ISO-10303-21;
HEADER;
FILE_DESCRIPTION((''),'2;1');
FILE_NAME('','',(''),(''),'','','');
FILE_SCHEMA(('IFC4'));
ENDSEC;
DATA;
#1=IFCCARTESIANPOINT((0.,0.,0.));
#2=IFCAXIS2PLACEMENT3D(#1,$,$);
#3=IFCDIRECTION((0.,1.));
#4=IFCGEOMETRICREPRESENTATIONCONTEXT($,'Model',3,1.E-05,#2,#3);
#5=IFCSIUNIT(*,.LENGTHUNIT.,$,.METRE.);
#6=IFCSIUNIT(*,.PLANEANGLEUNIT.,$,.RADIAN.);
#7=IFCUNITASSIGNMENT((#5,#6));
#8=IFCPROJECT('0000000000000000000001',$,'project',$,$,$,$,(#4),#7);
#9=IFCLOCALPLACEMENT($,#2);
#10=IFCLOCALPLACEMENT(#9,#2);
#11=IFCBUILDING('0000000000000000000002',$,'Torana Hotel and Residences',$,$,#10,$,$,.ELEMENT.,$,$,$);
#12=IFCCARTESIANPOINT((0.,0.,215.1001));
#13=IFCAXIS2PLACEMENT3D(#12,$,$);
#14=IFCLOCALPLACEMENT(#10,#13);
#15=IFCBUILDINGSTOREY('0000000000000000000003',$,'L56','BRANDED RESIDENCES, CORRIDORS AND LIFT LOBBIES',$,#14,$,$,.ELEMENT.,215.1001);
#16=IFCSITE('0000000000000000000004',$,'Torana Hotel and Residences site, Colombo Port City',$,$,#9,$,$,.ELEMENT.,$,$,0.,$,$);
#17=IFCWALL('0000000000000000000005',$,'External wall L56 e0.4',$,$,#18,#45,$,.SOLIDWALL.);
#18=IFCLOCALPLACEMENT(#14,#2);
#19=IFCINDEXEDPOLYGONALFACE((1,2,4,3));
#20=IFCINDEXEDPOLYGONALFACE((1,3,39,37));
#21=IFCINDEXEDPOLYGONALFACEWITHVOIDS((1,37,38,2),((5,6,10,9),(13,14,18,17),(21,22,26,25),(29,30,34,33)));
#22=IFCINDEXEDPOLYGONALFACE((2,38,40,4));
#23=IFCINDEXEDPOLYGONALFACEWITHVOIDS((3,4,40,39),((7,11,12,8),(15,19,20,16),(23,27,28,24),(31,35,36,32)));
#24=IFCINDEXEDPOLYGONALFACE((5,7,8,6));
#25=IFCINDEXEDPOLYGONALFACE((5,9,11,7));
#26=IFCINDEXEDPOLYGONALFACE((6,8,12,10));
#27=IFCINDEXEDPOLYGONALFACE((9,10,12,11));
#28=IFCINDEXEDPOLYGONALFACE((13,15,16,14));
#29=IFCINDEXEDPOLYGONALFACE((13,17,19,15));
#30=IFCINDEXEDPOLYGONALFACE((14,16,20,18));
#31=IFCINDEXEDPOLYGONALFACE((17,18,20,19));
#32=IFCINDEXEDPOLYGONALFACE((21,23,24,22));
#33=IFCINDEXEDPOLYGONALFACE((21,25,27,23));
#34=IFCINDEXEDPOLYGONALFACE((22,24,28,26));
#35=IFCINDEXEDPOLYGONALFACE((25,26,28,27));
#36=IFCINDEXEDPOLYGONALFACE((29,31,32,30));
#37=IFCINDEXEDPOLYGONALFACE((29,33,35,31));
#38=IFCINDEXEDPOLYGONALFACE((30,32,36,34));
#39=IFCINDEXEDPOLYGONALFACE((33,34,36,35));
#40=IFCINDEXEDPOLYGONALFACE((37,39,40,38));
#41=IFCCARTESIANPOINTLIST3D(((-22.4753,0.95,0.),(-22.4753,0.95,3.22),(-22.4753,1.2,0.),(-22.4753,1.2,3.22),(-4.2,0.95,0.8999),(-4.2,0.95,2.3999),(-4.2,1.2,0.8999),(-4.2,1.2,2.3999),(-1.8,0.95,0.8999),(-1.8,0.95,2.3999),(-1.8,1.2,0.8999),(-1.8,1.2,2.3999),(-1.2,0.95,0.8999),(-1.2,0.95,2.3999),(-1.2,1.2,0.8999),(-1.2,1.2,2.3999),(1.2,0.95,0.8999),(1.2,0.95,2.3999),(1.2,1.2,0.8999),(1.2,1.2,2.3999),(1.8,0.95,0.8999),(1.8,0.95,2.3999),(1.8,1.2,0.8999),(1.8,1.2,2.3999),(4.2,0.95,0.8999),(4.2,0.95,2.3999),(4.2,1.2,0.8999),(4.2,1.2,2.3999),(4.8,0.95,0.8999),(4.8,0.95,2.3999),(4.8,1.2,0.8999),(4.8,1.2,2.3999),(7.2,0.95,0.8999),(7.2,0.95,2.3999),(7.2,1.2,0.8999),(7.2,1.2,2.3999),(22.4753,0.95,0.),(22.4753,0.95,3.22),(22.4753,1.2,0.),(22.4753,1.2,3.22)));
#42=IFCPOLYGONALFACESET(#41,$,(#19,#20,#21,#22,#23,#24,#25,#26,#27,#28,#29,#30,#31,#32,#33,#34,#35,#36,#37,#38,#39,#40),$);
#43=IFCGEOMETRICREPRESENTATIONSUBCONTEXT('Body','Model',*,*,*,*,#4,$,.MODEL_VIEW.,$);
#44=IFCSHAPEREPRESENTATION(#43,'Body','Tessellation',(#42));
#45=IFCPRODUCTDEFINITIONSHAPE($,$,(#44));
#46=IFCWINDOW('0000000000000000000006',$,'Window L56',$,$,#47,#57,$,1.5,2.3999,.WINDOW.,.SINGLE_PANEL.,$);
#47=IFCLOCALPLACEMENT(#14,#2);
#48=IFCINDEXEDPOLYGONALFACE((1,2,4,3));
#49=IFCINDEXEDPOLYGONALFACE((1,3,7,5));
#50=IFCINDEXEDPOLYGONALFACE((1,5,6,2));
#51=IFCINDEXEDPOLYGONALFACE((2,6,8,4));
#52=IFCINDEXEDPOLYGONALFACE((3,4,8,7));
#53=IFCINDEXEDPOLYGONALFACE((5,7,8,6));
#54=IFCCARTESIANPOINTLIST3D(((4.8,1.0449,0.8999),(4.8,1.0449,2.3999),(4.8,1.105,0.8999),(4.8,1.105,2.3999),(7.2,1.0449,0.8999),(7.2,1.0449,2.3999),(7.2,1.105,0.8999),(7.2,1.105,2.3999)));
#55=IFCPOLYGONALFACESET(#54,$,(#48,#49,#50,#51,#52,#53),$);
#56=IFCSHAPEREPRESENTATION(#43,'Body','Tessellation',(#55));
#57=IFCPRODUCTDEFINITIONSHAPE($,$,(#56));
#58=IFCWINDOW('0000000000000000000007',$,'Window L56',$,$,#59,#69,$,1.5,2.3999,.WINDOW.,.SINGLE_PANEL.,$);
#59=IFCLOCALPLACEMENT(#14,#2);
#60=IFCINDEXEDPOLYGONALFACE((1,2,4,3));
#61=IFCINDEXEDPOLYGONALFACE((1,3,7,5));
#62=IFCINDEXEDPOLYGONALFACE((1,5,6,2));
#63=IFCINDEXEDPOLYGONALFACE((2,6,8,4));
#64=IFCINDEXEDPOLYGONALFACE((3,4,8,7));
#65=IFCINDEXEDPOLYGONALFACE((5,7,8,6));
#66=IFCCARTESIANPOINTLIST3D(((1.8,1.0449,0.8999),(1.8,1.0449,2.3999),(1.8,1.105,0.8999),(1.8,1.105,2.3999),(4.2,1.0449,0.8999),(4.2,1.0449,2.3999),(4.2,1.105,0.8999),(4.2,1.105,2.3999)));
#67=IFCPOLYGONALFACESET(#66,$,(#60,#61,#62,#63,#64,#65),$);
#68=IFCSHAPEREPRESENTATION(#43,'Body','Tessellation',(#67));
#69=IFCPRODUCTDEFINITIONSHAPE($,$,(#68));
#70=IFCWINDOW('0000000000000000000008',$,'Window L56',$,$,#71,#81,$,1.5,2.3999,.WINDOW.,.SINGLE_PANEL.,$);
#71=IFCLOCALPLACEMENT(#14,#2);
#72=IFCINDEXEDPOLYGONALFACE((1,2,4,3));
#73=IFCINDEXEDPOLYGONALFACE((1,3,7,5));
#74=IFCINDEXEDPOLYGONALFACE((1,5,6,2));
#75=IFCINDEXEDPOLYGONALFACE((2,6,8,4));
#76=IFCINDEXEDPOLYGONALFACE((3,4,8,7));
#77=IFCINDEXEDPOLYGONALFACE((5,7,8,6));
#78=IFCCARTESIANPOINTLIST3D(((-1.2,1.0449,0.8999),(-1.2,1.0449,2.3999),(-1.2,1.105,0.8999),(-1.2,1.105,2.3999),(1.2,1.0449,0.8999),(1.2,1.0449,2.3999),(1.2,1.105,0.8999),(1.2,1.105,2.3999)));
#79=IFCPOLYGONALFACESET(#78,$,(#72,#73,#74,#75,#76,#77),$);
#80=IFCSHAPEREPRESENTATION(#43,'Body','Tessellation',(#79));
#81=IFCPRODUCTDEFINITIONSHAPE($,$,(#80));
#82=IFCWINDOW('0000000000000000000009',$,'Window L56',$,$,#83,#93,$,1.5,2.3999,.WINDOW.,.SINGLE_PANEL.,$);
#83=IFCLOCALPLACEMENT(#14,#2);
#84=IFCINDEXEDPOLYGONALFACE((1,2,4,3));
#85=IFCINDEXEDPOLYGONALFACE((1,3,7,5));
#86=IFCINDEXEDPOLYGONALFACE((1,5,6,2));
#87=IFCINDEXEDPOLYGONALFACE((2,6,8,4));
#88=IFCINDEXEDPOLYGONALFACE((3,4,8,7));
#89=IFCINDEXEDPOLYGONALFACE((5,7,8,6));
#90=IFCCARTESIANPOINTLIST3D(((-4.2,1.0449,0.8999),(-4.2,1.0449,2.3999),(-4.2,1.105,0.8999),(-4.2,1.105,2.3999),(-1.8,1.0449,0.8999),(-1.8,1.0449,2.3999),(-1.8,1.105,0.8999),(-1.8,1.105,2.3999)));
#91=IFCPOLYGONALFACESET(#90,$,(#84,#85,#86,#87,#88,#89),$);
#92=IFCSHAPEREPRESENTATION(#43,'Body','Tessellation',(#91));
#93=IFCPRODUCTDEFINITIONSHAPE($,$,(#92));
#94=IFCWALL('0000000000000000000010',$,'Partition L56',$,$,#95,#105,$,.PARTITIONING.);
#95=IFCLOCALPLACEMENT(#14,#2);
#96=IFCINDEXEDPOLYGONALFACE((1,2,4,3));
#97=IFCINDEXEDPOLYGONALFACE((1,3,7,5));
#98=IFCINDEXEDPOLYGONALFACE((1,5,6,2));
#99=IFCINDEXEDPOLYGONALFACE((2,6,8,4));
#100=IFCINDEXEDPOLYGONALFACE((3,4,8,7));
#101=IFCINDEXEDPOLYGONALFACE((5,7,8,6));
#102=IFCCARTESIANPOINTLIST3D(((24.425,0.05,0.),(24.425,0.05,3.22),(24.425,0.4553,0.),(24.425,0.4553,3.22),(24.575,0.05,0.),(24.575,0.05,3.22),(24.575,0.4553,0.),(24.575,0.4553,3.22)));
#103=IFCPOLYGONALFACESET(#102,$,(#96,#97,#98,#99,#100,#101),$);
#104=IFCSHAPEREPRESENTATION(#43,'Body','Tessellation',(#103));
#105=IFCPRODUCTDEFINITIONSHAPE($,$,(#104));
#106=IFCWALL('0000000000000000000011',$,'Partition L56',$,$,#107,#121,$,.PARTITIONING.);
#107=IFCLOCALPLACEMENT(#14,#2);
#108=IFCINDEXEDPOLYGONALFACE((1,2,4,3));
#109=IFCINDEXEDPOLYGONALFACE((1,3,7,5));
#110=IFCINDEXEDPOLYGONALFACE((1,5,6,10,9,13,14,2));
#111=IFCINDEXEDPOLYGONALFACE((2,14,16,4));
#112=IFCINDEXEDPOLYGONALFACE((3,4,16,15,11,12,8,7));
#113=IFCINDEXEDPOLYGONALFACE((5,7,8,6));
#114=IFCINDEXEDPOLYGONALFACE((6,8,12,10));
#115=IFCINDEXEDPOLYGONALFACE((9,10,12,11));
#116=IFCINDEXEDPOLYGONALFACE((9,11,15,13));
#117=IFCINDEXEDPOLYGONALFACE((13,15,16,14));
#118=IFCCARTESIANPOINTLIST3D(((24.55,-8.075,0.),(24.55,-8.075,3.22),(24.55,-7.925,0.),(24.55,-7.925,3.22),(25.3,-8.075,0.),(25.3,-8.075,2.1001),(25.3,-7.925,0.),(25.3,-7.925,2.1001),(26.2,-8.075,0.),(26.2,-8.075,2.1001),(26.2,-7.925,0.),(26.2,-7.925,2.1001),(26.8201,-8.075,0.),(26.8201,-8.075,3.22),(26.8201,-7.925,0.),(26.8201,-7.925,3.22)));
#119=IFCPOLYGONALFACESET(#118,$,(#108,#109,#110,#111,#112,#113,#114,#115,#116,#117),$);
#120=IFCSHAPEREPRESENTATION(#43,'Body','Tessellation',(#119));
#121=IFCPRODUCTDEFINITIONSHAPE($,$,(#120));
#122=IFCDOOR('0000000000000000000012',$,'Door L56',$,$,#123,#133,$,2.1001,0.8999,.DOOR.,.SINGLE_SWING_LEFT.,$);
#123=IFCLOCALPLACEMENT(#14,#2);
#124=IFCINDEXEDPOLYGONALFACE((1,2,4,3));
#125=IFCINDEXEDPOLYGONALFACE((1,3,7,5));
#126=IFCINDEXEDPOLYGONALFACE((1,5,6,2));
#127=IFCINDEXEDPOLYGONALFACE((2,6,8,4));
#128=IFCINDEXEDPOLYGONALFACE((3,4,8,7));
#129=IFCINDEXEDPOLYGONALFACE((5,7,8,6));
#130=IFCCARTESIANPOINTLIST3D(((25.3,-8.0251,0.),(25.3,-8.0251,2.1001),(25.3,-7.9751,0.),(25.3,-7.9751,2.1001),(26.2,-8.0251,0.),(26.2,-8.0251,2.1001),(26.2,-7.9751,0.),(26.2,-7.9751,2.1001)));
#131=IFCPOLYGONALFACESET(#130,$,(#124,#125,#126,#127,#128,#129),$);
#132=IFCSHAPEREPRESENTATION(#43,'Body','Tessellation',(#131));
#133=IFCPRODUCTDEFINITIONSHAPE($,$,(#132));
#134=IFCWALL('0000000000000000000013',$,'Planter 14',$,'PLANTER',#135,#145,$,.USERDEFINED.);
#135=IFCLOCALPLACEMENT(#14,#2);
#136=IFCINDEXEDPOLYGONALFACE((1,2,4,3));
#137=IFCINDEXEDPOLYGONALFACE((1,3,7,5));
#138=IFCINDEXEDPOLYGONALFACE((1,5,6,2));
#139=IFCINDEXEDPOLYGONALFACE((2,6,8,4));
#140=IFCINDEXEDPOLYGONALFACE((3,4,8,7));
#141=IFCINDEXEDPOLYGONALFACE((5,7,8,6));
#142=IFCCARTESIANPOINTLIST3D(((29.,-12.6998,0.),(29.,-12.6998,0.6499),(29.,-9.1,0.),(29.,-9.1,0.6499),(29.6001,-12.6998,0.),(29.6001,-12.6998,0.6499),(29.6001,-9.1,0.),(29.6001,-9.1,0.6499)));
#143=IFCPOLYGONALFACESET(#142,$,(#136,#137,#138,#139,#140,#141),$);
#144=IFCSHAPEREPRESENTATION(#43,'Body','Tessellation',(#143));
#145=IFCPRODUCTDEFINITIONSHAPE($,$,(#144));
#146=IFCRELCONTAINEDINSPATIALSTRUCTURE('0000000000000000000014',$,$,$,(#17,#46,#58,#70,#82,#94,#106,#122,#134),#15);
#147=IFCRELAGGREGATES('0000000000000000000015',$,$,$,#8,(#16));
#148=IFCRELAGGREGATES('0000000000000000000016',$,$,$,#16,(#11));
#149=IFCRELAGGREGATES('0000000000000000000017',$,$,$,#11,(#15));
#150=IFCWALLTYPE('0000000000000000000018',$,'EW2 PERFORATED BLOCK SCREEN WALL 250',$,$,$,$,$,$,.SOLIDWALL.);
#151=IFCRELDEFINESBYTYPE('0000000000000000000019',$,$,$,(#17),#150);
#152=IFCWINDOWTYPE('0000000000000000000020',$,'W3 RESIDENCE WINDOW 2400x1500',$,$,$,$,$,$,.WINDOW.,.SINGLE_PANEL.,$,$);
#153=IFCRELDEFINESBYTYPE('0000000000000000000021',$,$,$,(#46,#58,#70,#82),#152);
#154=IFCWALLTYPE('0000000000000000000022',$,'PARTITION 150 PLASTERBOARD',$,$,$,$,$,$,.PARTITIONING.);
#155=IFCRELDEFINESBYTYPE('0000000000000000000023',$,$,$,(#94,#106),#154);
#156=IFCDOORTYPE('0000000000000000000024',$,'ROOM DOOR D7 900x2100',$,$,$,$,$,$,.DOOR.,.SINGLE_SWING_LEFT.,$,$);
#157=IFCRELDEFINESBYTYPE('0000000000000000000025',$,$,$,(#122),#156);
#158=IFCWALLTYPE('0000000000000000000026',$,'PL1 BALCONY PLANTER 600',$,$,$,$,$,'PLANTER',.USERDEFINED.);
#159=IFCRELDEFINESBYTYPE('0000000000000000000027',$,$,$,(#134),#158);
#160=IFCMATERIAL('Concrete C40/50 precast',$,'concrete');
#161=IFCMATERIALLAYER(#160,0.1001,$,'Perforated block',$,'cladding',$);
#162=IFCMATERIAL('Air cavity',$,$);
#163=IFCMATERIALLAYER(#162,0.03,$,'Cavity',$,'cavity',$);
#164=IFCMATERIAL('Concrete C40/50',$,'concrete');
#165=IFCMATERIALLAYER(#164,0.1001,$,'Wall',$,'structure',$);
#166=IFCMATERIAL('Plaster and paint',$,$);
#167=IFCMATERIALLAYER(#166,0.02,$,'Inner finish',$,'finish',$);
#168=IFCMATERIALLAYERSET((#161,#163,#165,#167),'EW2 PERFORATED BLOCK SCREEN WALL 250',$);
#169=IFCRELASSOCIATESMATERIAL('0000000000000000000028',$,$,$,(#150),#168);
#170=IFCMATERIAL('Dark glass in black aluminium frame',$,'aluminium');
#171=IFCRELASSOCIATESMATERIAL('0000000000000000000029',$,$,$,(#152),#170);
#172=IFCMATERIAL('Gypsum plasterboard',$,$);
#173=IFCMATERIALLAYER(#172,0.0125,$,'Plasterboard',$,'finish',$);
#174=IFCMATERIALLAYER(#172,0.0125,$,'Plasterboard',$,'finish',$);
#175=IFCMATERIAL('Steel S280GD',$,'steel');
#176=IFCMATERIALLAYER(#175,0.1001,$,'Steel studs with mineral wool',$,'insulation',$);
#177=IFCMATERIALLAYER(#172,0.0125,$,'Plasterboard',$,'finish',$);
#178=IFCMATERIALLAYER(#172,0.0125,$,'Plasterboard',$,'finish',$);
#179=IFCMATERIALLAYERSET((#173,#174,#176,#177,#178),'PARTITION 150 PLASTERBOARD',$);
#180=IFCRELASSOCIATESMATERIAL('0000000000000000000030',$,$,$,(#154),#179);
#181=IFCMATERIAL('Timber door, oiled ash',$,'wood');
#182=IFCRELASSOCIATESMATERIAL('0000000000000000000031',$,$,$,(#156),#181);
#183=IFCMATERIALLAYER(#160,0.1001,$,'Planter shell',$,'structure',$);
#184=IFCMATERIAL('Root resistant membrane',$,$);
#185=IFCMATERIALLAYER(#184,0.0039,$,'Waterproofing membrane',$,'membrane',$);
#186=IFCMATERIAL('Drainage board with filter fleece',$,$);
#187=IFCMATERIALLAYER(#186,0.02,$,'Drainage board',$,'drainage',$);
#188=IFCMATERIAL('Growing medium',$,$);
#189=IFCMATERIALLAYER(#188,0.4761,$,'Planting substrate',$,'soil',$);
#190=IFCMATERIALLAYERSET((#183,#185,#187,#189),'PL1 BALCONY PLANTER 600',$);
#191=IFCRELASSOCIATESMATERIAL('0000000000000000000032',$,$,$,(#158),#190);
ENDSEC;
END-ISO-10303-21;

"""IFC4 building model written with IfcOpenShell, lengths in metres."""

from ifc_helpers import new_model, si_unit, direction, frame, frame_2d, origin, place, context, subcontext, project, spatial, rectangle, extrude, material, layer, layer_set, type_object, element, fill, save


model = new_model("IFC4")

# Units and contexts
model_context = context("Model", 3, precision=1e-05, world=origin(), true_north=direction((0.0, 1.0)))
body_context = subcontext(model_context, "Body", "Model", "MODEL_VIEW")
ifc_project = project(units=[si_unit("LENGTHUNIT", "METRE"), si_unit("PLANEANGLEUNIT", "RADIAN")], contexts=[model_context])

# Site, building, storey
site_placement = place(None, origin())
site = spatial("IfcSite", under=ifc_project, at=site_placement, Name="Torana Hotel and Residences site, Colombo Port City", CompositionType="ELEMENT", RefElevation=0.0)
building_placement = place(site_placement, origin())
building = spatial("IfcBuilding", under=site, at=building_placement, Name="Torana Hotel and Residences", CompositionType="ELEMENT")
storey_placement = place(building_placement, frame((0.0, 0.0, 215.1001)))
storey = spatial("IfcBuildingStorey", under=building, at=storey_placement, Name="L56", Description="BRANDED RESIDENCES, CORRIDORS AND LIFT LOBBIES", CompositionType="ELEMENT", Elevation=215.1001)

# Shared definitions
ifc_material_1 = material(Name="Steel S280GD", Category="steel")

# Wall, openings, windows
ifc_material_2 = material(Name="Concrete C40/50 precast", Category="concrete")
ifc_layer_1 = layer(ifc_material_2, 0.1001, Name="Perforated block", Category="cladding")
ifc_material_3 = material(Name="Air cavity")
ifc_layer_2 = layer(ifc_material_3, 0.03, Name="Cavity", Category="cavity")
ifc_material_4 = material(Name="Concrete C40/50", Category="concrete")
ifc_layer_3 = layer(ifc_material_4, 0.1001, Name="Wall", Category="structure")
ifc_material_5 = material(Name="Plaster and paint")
ifc_layer_4 = layer(ifc_material_5, 0.02, Name="Inner finish", Category="finish")
ifc_layer_set_1 = layer_set([ifc_layer_1, ifc_layer_2, ifc_layer_3, ifc_layer_4], Name="EW2 PERFORATED BLOCK SCREEN WALL 250")
wall_type_1 = type_object("IfcWallType", Name="EW2 PERFORATED BLOCK SCREEN WALL 250", PredefinedType="SOLIDWALL", material=ifc_layer_set_1)
wall_1_placement = place(storey_placement, frame((22.4753, 1.075, 0.0), z_axis=(0.0, 0.0, 1.0), x_axis=(-1.0, 0.0, 0.0)))
wall_1 = element("IfcWall", 1, at=wall_1_placement, inside=storey, type_object=wall_type_1, Name="External wall L56 e0.4", PredefinedType="SOLIDWALL", context=body_context, shape_type="SweptSolid", body=[
    extrude(rectangle(XDim=44.9507, YDim=0.25, at=frame_2d((22.4753, 0.0))), origin(), (0.0, 0.0, 1.0), 3.22),
])
opening_1_placement = place(wall_1_placement, frame((15.2754, 0.0, 0.8999)))
opening_1 = element("IfcOpeningElement", 2, at=opening_1_placement, cuts=wall_1, PredefinedType="OPENING", context=body_context, shape_type="SweptSolid", body=[
    extrude(rectangle(XDim=2.3999, YDim=1.5, at=frame_2d((1.2, 0.75))), frame((0.0, 0.135, 0.0), z_axis=(0.0, -1.0, 0.0), x_axis=(1.0, 0.0, 0.0)), (0.0, 0.0, 1.0), 0.27),
])
opening_2_placement = place(wall_1_placement, frame((18.2754, 0.0, 0.8999)))
opening_2 = element("IfcOpeningElement", 3, at=opening_2_placement, cuts=wall_1, PredefinedType="OPENING", context=body_context, shape_type="SweptSolid", body=[
    extrude(rectangle(XDim=2.3999, YDim=1.5, at=frame_2d((1.2, 0.75))), frame((0.0, 0.135, 0.0), z_axis=(0.0, -1.0, 0.0), x_axis=(1.0, 0.0, 0.0)), (0.0, 0.0, 1.0), 0.27),
])
opening_3_placement = place(wall_1_placement, frame((21.2754, 0.0, 0.8999)))
opening_3 = element("IfcOpeningElement", 4, at=opening_3_placement, cuts=wall_1, PredefinedType="OPENING", context=body_context, shape_type="SweptSolid", body=[
    extrude(rectangle(XDim=2.3999, YDim=1.5, at=frame_2d((1.2, 0.75))), frame((0.0, 0.135, 0.0), z_axis=(0.0, -1.0, 0.0), x_axis=(1.0, 0.0, 0.0)), (0.0, 0.0, 1.0), 0.27),
])
opening_4_placement = place(wall_1_placement, frame((24.2754, 0.0, 0.8999)))
opening_4 = element("IfcOpeningElement", 5, at=opening_4_placement, cuts=wall_1, PredefinedType="OPENING", context=body_context, shape_type="SweptSolid", body=[
    extrude(rectangle(XDim=2.3999, YDim=1.5, at=frame_2d((1.2, 0.75))), frame((0.0, 0.135, 0.0), z_axis=(0.0, -1.0, 0.0), x_axis=(1.0, 0.0, 0.0)), (0.0, 0.0, 1.0), 0.27),
])
ifc_material_6 = material(Name="Dark glass in black aluminium frame", Category="aluminium")
window_type = type_object("IfcWindowType", Name="W3 RESIDENCE WINDOW 2400x1500", PartitioningType="SINGLE_PANEL", PredefinedType="WINDOW", material=ifc_material_6)
window_1_placement = place(opening_1_placement, origin())
window_1 = element("IfcWindow", 6, at=window_1_placement, inside=storey, type_object=window_type, Name="Window L56", OverallHeight=1.5, OverallWidth=2.3999, PartitioningType="SINGLE_PANEL", PredefinedType="WINDOW", context=body_context, shape_type="SweptSolid", body=[
    extrude(rectangle(XDim=2.3999, YDim=1.5, at=frame_2d((1.2, 0.75))), frame((0.0, 0.03, 0.0), z_axis=(0.0, -1.0, 0.0), x_axis=(1.0, 0.0, 0.0)), (0.0, 0.0, 1.0), 0.0601),
])
fill(opening_1, window_1)
window_2_placement = place(opening_2_placement, origin())
window_2 = element("IfcWindow", 7, at=window_2_placement, inside=storey, type_object=window_type, Name="Window L56", OverallHeight=1.5, OverallWidth=2.3999, PartitioningType="SINGLE_PANEL", PredefinedType="WINDOW", context=body_context, shape_type="SweptSolid", body=[
    extrude(rectangle(XDim=2.3999, YDim=1.5, at=frame_2d((1.2, 0.75))), frame((0.0, 0.03, 0.0), z_axis=(0.0, -1.0, 0.0), x_axis=(1.0, 0.0, 0.0)), (0.0, 0.0, 1.0), 0.0601),
])
fill(opening_2, window_2)
window_3_placement = place(opening_3_placement, origin())
window_3 = element("IfcWindow", 8, at=window_3_placement, inside=storey, type_object=window_type, Name="Window L56", OverallHeight=1.5, OverallWidth=2.3999, PartitioningType="SINGLE_PANEL", PredefinedType="WINDOW", context=body_context, shape_type="SweptSolid", body=[
    extrude(rectangle(XDim=2.3999, YDim=1.5, at=frame_2d((1.2, 0.75))), frame((0.0, 0.03, 0.0), z_axis=(0.0, -1.0, 0.0), x_axis=(1.0, 0.0, 0.0)), (0.0, 0.0, 1.0), 0.0601),
])
fill(opening_3, window_3)
window_4_placement = place(opening_4_placement, origin())
window_4 = element("IfcWindow", 9, at=window_4_placement, inside=storey, type_object=window_type, Name="Window L56", OverallHeight=1.5, OverallWidth=2.3999, PartitioningType="SINGLE_PANEL", PredefinedType="WINDOW", context=body_context, shape_type="SweptSolid", body=[
    extrude(rectangle(XDim=2.3999, YDim=1.5, at=frame_2d((1.2, 0.75))), frame((0.0, 0.03, 0.0), z_axis=(0.0, -1.0, 0.0), x_axis=(1.0, 0.0, 0.0)), (0.0, 0.0, 1.0), 0.0601),
])
fill(opening_4, window_4)

# Wall
ifc_material_7 = material(Name="Gypsum plasterboard")
ifc_layer_5 = layer(ifc_material_7, 0.0125, Name="Plasterboard", Category="finish")
ifc_layer_6 = layer(ifc_material_7, 0.0125, Name="Plasterboard", Category="finish")
ifc_layer_7 = layer(ifc_material_1, 0.1001, Name="Steel studs with mineral wool", Category="insulation")
ifc_layer_8 = layer(ifc_material_7, 0.0125, Name="Plasterboard", Category="finish")
ifc_layer_9 = layer(ifc_material_7, 0.0125, Name="Plasterboard", Category="finish")
ifc_layer_set_2 = layer_set([ifc_layer_5, ifc_layer_6, ifc_layer_7, ifc_layer_8, ifc_layer_9], Name="PARTITION 150 PLASTERBOARD")
wall_type_2 = type_object("IfcWallType", Name="PARTITION 150 PLASTERBOARD", PredefinedType="PARTITIONING", material=ifc_layer_set_2)
wall_2_placement = place(storey_placement, frame((24.5, 0.05, 0.0), z_axis=(0.0, 0.0, 1.0), x_axis=(0.0, 1.0, 0.0)))
element("IfcWall", 10, at=wall_2_placement, inside=storey, type_object=wall_type_2, Name="Partition L56", PredefinedType="PARTITIONING", context=body_context, shape_type="SweptSolid", body=[
    extrude(rectangle(XDim=0.4053, YDim=0.1499, at=frame_2d((0.2026, 0.0))), origin(), (0.0, 0.0, 1.0), 3.22),
])

# Wall, opening, door
wall_3_placement = place(storey_placement, frame((24.55, -8.0, 0.0), z_axis=(0.0, 0.0, 1.0), x_axis=(1.0, 0.0, 0.0)))
wall_3 = element("IfcWall", 11, at=wall_3_placement, inside=storey, type_object=wall_type_2, Name="Partition L56", PredefinedType="PARTITIONING", context=body_context, shape_type="SweptSolid", body=[
    extrude(rectangle(XDim=2.27, YDim=0.1499, at=frame_2d((1.135, 0.0))), origin(), (0.0, 0.0, 1.0), 3.22),
])
opening_5_placement = place(wall_3_placement, frame((0.75, 0.0, 0.0)))
opening_5 = element("IfcOpeningElement", 12, at=opening_5_placement, cuts=wall_3, PredefinedType="OPENING", context=body_context, shape_type="SweptSolid", body=[
    extrude(rectangle(XDim=0.8999, YDim=2.1001, at=frame_2d((0.45, 1.05))), frame((0.0, 0.085, 0.0), z_axis=(0.0, -1.0, 0.0), x_axis=(1.0, 0.0, 0.0)), (0.0, 0.0, 1.0), 0.1699),
])
ifc_material_8 = material(Name="Timber door, oiled ash", Category="wood")
door_type = type_object("IfcDoorType", Name="ROOM DOOR D7 900x2100", OperationType="SINGLE_SWING_LEFT", PredefinedType="DOOR", material=ifc_material_8)
door_placement = place(opening_5_placement, origin())
door = element("IfcDoor", 13, at=door_placement, inside=storey, type_object=door_type, Name="Door L56", OperationType="SINGLE_SWING_LEFT", OverallHeight=2.1001, OverallWidth=0.8999, PredefinedType="DOOR", context=body_context, shape_type="SweptSolid", body=[
    extrude(rectangle(XDim=0.8999, YDim=2.1001, at=frame_2d((0.45, 1.05))), frame((0.0, 0.0249, 0.0), z_axis=(0.0, -1.0, 0.0), x_axis=(1.0, 0.0, 0.0)), (0.0, 0.0, 1.0), 0.05),
])
fill(opening_5, door)

# Wall
ifc_layer_10 = layer(ifc_material_2, 0.1001, Name="Planter shell", Category="structure")
ifc_material_9 = material(Name="Root resistant membrane")
ifc_layer_11 = layer(ifc_material_9, 0.0039, Name="Waterproofing membrane", Category="membrane")
ifc_material_10 = material(Name="Drainage board with filter fleece")
ifc_layer_12 = layer(ifc_material_10, 0.02, Name="Drainage board", Category="drainage")
ifc_material_11 = material(Name="Growing medium")
ifc_layer_13 = layer(ifc_material_11, 0.4761, Name="Planting substrate", Category="soil")
ifc_layer_set_3 = layer_set([ifc_layer_10, ifc_layer_11, ifc_layer_12, ifc_layer_13], Name="PL1 BALCONY PLANTER 600")
wall_type_3 = type_object("IfcWallType", Name="PL1 BALCONY PLANTER 600", ElementType="PLANTER", PredefinedType="USERDEFINED", material=ifc_layer_set_3)
wall_4_placement = place(storey_placement, frame((29.3, -9.1001, 0.0), z_axis=(0.0, 0.0, 1.0), x_axis=(0.0, -1.0, 0.0)))
element("IfcWall", 14, at=wall_4_placement, inside=storey, type_object=wall_type_3, Name="Planter 14", ObjectType="PLANTER", PredefinedType="USERDEFINED", context=body_context, shape_type="SweptSolid", body=[
    extrude(rectangle(XDim=3.5999, YDim=0.6001, at=frame_2d((1.7998, 0.0))), origin(), (0.0, 0.0, 1.0), 0.6499),
])

save(model, "model.ifc")
